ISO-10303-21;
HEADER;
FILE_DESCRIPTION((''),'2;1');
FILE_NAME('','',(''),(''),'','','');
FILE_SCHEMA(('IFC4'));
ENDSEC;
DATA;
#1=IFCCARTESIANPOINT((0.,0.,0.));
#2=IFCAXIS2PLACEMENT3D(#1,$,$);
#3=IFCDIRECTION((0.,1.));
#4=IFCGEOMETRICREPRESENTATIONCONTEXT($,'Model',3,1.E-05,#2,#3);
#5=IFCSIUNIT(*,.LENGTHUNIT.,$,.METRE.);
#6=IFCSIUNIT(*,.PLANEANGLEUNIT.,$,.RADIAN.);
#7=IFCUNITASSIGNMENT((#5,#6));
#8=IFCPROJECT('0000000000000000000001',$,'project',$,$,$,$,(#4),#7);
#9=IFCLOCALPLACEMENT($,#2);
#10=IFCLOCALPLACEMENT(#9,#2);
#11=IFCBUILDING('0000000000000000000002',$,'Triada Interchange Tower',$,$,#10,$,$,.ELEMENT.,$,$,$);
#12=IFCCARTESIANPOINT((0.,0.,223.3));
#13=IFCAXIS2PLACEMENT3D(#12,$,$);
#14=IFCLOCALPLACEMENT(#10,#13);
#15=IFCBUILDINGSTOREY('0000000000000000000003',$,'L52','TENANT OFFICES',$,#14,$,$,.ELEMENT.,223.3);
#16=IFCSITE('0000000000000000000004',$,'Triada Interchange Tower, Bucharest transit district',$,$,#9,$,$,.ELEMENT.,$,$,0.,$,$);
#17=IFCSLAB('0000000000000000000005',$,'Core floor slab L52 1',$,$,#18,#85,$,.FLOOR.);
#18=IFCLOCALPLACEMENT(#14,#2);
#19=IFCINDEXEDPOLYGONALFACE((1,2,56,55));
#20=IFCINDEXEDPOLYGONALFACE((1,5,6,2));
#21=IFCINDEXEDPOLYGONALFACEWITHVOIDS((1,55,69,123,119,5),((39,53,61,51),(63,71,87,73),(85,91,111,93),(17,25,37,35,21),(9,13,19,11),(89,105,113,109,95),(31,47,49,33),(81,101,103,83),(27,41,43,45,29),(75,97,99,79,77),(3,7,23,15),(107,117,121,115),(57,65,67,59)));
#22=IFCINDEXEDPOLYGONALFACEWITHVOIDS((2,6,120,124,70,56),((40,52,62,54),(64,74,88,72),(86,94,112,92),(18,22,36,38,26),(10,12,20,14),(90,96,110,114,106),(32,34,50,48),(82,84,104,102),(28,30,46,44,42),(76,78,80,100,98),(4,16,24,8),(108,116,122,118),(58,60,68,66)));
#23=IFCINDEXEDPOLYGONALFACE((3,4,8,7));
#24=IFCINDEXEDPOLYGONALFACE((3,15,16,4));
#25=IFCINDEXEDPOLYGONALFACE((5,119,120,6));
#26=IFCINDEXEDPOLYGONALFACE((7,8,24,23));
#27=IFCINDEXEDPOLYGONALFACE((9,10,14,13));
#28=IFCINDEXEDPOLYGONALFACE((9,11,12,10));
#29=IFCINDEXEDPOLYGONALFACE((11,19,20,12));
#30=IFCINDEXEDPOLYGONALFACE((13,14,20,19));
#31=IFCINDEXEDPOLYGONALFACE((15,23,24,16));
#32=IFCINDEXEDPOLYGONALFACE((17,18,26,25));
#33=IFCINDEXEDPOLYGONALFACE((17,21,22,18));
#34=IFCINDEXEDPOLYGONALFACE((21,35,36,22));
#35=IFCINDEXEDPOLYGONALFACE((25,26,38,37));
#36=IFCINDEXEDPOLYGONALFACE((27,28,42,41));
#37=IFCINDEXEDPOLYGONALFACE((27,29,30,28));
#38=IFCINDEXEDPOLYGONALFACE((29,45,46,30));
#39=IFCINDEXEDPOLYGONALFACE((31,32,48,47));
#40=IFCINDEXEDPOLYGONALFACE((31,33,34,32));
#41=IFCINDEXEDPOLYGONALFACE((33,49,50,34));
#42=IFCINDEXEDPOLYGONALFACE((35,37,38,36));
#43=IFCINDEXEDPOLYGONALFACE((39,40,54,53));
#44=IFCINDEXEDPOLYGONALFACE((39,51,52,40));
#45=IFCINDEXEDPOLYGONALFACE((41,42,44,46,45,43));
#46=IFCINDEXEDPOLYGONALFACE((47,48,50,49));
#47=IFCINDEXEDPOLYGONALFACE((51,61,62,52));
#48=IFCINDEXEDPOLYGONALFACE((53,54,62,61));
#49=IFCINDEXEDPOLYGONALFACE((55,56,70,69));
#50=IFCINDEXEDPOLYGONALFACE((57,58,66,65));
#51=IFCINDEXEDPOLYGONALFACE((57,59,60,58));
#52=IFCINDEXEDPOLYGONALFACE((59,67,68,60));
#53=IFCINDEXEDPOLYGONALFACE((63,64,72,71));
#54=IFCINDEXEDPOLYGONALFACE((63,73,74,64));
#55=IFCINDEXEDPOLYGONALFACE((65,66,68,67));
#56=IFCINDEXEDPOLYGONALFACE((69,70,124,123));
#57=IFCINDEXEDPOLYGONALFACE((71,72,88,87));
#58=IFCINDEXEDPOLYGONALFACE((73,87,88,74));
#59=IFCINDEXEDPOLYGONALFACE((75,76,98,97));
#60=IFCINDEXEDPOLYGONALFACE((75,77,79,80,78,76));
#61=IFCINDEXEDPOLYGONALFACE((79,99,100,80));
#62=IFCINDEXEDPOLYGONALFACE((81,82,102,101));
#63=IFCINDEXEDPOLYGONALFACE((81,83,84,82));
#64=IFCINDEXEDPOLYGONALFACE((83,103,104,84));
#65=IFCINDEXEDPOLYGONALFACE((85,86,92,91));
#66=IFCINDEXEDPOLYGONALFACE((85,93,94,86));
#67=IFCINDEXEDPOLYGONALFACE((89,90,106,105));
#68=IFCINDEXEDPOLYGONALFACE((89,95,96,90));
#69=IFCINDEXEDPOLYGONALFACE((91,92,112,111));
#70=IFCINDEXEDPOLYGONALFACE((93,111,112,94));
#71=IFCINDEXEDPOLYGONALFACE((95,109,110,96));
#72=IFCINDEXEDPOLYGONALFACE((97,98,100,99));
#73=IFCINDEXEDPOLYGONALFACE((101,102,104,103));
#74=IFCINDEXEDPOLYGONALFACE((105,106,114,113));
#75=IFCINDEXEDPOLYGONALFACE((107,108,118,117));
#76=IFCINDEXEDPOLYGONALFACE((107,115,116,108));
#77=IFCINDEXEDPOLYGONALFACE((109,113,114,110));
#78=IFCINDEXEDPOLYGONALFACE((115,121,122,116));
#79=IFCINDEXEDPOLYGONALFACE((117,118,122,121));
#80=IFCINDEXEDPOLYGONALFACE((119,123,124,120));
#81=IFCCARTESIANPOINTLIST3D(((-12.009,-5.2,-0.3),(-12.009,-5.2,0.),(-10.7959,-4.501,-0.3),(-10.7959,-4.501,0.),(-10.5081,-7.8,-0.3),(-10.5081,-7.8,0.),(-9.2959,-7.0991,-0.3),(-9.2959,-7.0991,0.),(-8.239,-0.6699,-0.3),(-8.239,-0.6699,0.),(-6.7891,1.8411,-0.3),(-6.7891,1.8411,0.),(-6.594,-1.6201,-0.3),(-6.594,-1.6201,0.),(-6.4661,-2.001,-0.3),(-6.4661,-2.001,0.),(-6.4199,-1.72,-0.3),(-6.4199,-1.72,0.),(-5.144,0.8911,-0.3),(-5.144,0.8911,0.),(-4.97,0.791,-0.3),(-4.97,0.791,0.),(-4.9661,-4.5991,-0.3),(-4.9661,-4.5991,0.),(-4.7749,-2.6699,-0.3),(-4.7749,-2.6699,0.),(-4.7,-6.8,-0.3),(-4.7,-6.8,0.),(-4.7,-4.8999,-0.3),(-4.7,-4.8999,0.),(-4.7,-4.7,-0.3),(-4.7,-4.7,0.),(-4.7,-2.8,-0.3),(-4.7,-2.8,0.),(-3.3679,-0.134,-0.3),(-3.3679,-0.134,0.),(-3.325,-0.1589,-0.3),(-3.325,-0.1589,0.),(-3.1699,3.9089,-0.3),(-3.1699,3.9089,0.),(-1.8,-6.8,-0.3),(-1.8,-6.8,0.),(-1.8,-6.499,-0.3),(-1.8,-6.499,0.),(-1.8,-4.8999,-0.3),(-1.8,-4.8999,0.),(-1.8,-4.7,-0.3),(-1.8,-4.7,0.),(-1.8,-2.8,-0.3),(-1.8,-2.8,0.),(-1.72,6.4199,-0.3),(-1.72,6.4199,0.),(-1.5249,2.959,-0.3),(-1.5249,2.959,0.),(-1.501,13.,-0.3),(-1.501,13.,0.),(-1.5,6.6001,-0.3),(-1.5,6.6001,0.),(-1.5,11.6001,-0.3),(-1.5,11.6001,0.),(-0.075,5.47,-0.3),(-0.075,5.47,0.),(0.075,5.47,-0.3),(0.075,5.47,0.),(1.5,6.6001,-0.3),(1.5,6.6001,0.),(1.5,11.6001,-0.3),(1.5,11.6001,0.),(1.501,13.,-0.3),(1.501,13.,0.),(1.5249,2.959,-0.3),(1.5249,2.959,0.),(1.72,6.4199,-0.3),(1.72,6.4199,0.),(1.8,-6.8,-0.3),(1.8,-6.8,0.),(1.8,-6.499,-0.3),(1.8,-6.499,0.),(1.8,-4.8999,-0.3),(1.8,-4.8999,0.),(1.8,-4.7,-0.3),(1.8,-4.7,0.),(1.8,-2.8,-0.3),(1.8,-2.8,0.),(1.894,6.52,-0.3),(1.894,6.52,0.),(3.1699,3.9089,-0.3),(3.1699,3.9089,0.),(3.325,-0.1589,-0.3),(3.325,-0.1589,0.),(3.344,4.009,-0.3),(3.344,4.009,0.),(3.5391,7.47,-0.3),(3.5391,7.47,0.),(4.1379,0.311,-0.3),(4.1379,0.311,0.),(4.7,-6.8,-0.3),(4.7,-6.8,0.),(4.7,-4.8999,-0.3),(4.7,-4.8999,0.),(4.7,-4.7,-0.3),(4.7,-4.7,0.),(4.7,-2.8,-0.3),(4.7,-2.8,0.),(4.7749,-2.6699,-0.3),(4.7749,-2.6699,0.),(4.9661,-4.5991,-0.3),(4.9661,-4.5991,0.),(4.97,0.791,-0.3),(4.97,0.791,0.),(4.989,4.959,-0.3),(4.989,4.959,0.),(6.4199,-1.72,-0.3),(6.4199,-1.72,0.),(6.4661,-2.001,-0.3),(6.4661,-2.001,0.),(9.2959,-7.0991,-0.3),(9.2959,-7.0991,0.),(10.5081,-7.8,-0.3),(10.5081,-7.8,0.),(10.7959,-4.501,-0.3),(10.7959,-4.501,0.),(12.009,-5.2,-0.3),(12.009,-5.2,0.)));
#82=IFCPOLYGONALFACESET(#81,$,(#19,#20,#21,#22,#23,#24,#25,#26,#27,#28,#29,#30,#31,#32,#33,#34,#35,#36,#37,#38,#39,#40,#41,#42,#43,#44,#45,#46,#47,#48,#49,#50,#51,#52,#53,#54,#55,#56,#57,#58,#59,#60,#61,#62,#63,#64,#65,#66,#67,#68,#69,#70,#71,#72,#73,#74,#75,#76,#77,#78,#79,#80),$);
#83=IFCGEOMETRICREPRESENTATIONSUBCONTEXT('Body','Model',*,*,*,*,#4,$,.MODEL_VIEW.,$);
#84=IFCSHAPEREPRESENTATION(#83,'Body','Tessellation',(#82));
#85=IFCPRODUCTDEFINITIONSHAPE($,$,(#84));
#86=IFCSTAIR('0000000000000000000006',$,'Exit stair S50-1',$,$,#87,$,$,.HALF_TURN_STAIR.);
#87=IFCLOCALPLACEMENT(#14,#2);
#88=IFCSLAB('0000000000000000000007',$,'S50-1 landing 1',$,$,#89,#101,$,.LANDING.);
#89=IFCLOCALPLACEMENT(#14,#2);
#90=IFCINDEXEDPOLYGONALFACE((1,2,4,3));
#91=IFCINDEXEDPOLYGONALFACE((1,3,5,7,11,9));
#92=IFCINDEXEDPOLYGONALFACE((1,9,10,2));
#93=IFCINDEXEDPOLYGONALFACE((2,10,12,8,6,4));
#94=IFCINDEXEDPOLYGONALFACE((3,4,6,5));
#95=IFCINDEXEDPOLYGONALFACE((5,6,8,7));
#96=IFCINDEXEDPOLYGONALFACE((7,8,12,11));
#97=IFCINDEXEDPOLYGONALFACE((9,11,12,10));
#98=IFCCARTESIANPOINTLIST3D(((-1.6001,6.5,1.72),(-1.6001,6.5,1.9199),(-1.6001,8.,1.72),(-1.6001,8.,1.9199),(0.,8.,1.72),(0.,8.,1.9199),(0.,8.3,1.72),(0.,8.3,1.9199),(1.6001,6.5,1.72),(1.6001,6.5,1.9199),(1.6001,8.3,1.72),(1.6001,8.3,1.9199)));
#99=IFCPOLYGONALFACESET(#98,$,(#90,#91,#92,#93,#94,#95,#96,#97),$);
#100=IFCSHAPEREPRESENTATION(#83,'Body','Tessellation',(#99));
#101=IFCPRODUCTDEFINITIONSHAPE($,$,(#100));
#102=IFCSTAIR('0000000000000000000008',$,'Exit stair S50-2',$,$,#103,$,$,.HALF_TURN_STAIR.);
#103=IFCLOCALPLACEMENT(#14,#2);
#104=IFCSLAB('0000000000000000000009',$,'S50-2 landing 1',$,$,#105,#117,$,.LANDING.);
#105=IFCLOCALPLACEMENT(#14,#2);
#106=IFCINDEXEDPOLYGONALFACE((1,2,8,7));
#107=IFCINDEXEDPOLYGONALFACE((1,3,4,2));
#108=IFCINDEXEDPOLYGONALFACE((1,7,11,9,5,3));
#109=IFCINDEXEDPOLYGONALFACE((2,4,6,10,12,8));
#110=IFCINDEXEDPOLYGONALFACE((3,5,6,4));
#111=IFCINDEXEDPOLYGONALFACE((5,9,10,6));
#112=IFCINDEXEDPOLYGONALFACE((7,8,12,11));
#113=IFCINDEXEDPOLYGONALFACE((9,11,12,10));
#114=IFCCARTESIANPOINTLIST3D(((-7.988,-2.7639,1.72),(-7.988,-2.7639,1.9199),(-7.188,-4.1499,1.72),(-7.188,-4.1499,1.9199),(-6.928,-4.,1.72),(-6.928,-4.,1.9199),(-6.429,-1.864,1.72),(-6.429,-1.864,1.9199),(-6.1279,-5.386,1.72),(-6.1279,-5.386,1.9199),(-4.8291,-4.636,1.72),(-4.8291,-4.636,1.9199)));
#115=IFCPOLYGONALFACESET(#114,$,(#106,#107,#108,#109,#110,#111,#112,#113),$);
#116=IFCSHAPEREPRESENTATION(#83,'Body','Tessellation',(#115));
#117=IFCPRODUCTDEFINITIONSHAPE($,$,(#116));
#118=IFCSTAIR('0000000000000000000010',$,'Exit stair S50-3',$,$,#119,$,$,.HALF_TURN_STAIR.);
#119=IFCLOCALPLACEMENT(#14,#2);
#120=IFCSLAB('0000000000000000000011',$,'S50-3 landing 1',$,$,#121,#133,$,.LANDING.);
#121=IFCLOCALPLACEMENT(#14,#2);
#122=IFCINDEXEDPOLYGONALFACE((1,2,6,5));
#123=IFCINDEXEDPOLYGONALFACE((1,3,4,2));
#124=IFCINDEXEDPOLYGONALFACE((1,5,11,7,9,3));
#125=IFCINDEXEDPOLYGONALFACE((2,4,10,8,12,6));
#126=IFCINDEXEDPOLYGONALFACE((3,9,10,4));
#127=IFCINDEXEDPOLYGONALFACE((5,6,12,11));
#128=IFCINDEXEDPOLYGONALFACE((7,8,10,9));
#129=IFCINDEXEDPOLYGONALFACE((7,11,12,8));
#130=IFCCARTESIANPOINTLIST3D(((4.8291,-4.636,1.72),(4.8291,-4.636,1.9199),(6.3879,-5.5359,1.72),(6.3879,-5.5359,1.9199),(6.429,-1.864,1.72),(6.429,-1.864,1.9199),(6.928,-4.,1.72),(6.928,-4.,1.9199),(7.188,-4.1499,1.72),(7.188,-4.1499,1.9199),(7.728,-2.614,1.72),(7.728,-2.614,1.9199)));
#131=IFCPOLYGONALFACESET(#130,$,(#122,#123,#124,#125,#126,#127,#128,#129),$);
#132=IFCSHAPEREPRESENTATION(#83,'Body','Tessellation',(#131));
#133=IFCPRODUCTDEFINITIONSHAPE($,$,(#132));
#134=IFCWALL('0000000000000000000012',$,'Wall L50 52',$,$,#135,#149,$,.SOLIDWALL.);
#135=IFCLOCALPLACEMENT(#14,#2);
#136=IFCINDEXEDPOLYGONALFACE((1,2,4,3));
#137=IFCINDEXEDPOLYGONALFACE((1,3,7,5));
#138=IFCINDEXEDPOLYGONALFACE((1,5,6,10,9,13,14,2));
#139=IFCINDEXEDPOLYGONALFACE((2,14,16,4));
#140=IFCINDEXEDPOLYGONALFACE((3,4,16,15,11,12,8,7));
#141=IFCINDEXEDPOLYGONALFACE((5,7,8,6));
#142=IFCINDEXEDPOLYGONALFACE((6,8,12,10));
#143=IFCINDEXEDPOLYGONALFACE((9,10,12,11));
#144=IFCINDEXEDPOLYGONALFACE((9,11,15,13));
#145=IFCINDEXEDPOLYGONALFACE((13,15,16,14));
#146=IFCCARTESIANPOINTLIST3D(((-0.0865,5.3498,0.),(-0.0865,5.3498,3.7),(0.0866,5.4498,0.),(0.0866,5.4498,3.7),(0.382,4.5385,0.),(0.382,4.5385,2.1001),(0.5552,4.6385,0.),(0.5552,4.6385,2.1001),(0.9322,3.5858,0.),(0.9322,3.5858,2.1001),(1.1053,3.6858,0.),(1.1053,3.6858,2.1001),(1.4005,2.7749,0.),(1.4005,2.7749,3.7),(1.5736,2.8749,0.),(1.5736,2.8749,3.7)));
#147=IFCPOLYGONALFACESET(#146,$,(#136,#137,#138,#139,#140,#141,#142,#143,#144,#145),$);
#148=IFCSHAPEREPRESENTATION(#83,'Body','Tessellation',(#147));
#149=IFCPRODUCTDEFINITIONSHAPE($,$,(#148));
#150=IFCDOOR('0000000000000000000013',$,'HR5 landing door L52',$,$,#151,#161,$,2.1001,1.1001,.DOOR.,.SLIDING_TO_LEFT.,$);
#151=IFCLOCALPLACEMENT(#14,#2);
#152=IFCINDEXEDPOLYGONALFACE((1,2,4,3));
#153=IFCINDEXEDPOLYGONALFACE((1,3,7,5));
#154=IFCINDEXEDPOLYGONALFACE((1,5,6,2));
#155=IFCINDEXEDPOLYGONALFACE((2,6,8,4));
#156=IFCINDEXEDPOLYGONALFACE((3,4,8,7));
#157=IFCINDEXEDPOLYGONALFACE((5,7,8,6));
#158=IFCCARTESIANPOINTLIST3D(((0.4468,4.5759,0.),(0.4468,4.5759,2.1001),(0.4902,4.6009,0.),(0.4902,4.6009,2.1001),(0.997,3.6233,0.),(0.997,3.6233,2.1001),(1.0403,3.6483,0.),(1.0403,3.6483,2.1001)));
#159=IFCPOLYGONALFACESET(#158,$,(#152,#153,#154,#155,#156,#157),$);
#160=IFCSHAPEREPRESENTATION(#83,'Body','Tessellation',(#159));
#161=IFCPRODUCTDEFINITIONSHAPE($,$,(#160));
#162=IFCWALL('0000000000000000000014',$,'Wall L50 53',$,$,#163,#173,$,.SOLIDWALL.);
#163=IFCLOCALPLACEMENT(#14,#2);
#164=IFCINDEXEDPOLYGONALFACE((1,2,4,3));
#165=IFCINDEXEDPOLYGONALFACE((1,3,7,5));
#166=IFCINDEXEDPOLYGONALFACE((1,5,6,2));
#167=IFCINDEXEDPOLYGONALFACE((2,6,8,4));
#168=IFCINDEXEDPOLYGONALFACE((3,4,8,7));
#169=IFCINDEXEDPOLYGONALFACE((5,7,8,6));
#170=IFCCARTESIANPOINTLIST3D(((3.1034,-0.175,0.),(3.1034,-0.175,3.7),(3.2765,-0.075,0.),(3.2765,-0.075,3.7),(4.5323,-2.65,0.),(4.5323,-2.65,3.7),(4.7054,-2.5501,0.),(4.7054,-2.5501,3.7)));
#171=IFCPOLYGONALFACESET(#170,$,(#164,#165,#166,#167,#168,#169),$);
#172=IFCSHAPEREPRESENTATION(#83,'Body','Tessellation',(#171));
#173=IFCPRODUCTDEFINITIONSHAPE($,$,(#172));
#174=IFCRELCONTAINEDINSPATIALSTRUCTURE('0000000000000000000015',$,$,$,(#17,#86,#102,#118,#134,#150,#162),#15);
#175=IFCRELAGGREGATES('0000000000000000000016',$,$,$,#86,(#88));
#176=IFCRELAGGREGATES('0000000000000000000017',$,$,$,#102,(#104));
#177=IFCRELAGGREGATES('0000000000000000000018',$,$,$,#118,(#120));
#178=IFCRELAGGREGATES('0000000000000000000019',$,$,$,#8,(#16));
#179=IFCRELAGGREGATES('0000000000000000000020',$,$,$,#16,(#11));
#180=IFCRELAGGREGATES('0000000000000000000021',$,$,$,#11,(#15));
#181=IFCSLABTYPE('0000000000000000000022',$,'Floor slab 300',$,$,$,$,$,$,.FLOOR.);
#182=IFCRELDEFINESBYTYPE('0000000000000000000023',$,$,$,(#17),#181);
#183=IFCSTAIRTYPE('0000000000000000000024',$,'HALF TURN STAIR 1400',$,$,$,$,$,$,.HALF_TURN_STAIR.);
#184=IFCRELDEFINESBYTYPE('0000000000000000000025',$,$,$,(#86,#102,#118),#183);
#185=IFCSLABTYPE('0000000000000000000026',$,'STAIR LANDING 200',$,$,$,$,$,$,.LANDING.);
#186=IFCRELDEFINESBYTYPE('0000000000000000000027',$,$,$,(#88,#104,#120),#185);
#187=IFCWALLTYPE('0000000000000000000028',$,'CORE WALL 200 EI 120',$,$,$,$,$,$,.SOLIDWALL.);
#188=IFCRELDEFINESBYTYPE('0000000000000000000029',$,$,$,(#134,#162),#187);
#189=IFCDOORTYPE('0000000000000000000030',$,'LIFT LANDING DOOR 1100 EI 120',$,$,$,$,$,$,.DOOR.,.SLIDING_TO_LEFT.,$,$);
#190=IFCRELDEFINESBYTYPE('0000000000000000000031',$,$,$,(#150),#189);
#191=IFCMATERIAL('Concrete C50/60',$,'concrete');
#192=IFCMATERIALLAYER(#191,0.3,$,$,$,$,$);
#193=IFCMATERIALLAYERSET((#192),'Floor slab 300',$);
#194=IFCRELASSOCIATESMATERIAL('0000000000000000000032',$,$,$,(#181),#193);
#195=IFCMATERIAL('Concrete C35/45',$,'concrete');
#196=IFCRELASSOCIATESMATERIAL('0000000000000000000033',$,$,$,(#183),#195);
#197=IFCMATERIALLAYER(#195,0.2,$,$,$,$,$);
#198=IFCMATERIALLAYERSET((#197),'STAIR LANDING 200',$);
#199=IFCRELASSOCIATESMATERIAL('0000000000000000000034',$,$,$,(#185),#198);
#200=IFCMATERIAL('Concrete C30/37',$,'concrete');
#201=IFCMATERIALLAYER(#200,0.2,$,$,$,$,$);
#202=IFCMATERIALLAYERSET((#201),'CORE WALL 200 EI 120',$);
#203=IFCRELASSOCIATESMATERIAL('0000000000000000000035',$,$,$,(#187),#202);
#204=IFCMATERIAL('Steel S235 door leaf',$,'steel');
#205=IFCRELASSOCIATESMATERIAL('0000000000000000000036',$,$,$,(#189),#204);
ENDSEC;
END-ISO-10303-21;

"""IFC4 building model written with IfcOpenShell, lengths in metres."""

from ifc_helpers import new_model, si_unit, direction, frame, frame_2d, origin, place, context, subcontext, project, spatial, polyline, rectangle, outline, extrude, material, layer, layer_set, type_object, element, fill, aggregate, save


model = new_model("IFC4")

# Units and contexts
model_context = context("Model", 3, precision=1e-05, world=origin(), true_north=direction((0.0, 1.0)))
body_context = subcontext(model_context, "Body", "Model", "MODEL_VIEW")
ifc_project = project(units=[si_unit("LENGTHUNIT", "METRE"), si_unit("PLANEANGLEUNIT", "RADIAN")], contexts=[model_context])

# Site, building, storey
site_placement = place(None, origin())
site = spatial("IfcSite", under=ifc_project, at=site_placement, Name="Triada Interchange Tower, Bucharest transit district", CompositionType="ELEMENT", RefElevation=0.0)
building_placement = place(site_placement, origin())
building = spatial("IfcBuilding", under=site, at=building_placement, Name="Triada Interchange Tower", CompositionType="ELEMENT")
storey_placement = place(building_placement, frame((0.0, 0.0, 223.3)))
storey = spatial("IfcBuildingStorey", under=building, at=storey_placement, Name="L52", Description="TENANT OFFICES", CompositionType="ELEMENT", Elevation=223.3)

# Slab
ifc_material_1 = material(Name="Concrete C50/60", Category="concrete")
ifc_layer_1 = layer(ifc_material_1, 0.3)
ifc_layer_set_1 = layer_set([ifc_layer_1], Name="Floor slab 300")
slab_type_1 = type_object("IfcSlabType", Name="Floor slab 300", PredefinedType="FLOOR", material=ifc_layer_set_1)
slab_1_placement = place(storey_placement, frame((0.0, 0.0, -0.3)))
element("IfcSlab", 1, at=slab_1_placement, inside=storey, type_object=slab_type_1, Name="Core floor slab L52 1", PredefinedType="FLOOR", context=body_context, shape_type="SweptSolid", body=[
    extrude(outline(polyline([(12.009, -5.2), (10.5081, -7.8), (-10.5081, -7.8), (-12.009, -5.2), (-1.501, 13.0), (1.501, 13.0), (12.009, -5.2)]), holes=[polyline([(9.2959, -7.0991), (10.7959, -4.501), (6.4661, -2.001), (4.9661, -4.5991), (9.2959, -7.0991)]), polyline([(4.7749, -2.6699), (6.4199, -1.72), (4.97, 0.791), (4.1379, 0.311), (3.325, -0.1589), (4.7749, -2.6699)]), polyline([(1.894, 6.52), (3.344, 4.009), (4.989, 4.959), (3.5391, 7.47), (1.894, 6.52)]), polyline([(1.8, -4.8999), (1.8, -6.499), (1.8, -6.8), (4.7, -6.8), (4.7, -4.8999), (1.8, -4.8999)]), polyline([(4.7, -2.8), (1.8, -2.8), (1.8, -4.7), (4.7, -4.7), (4.7, -2.8)]), polyline([(0.075, 5.47), (1.5249, 2.959), (3.1699, 3.9089), (1.72, 6.4199), (0.075, 5.47)]), polyline([(-1.5, 11.6001), (-1.5, 6.6001), (1.5, 6.6001), (1.5, 11.6001), (-1.5, 11.6001)]), polyline([(-1.5249, 2.959), (-0.075, 5.47), (-1.72, 6.4199), (-3.1699, 3.9089), (-1.5249, 2.959)]), polyline([(-1.8, -2.8), (-4.7, -2.8), (-4.7, -4.7), (-1.8, -4.7), (-1.8, -2.8)]), polyline([(-4.7, -6.8), (-1.8, -6.8), (-1.8, -6.499), (-1.8, -4.8999), (-4.7, -4.8999), (-4.7, -6.8)]), polyline([(-3.3679, -0.134), (-4.97, 0.791), (-6.4199, -1.72), (-4.7749, -2.6699), (-3.325, -0.1589), (-3.3679, -0.134)]), polyline([(-10.7959, -4.501), (-9.2959, -7.0991), (-4.9661, -4.5991), (-6.4661, -2.001), (-10.7959, -4.501)]), polyline([(-6.594, -1.6201), (-5.144, 0.8911), (-6.7891, 1.8411), (-8.239, -0.6699), (-6.594, -1.6201)])]), origin(), (0.0, 0.0, 1.0), 0.3),
])

# Stairs, slabs
ifc_material_2 = material(Name="Concrete C35/45", Category="concrete")
stair_type = type_object("IfcStairType", Name="HALF TURN STAIR 1400", PredefinedType="HALF_TURN_STAIR", material=ifc_material_2)
stair_1_placement = place(storey_placement, origin())
stair_1 = element("IfcStair", 2, at=stair_1_placement, inside=storey, type_object=stair_type, Name="Exit stair S50-1", PredefinedType="HALF_TURN_STAIR")
ifc_layer_2 = layer(ifc_material_2, 0.2)
ifc_layer_set_2 = layer_set([ifc_layer_2], Name="STAIR LANDING 200")
slab_type_2 = type_object("IfcSlabType", Name="STAIR LANDING 200", PredefinedType="LANDING", material=ifc_layer_set_2)
slab_2_placement = place(storey_placement, frame((0.0, 0.0, 1.72)))
slab_2 = element("IfcSlab", 3, at=slab_2_placement, type_object=slab_type_2, Name="S50-1 landing 1", PredefinedType="LANDING", context=body_context, shape_type="SweptSolid", body=[
    extrude(outline(polyline([(1.6001, 6.5), (1.6001, 8.3), (0.0, 8.3), (0.0, 8.0), (-1.6001, 8.0), (-1.6001, 6.5), (1.6001, 6.5)])), origin(), (0.0, 0.0, 1.0), 0.2),
])
aggregate(stair_1, [slab_2])
stair_2_placement = place(storey_placement, origin())
stair_2 = element("IfcStair", 4, at=stair_2_placement, inside=storey, type_object=stair_type, Name="Exit stair S50-2", PredefinedType="HALF_TURN_STAIR")
slab_3_placement = place(storey_placement, frame((0.0, 0.0, 1.72)))
slab_3 = element("IfcSlab", 5, at=slab_3_placement, type_object=slab_type_2, Name="S50-2 landing 1", PredefinedType="LANDING", context=body_context, shape_type="SweptSolid", body=[
    extrude(outline(polyline([(-6.429, -1.864), (-7.988, -2.7639), (-7.188, -4.1499), (-6.928, -4.0), (-6.1279, -5.386), (-4.8291, -4.636), (-6.429, -1.864)])), origin(), (0.0, 0.0, 1.0), 0.2),
])
aggregate(stair_2, [slab_3])
stair_3_placement = place(storey_placement, origin())
stair_3 = element("IfcStair", 6, at=stair_3_placement, inside=storey, type_object=stair_type, Name="Exit stair S50-3", PredefinedType="HALF_TURN_STAIR")
slab_4_placement = place(storey_placement, frame((0.0, 0.0, 1.72)))
slab_4 = element("IfcSlab", 7, at=slab_4_placement, type_object=slab_type_2, Name="S50-3 landing 1", PredefinedType="LANDING", context=body_context, shape_type="SweptSolid", body=[
    extrude(outline(polyline([(4.8291, -4.636), (6.3879, -5.5359), (7.188, -4.1499), (6.928, -4.0), (7.728, -2.614), (6.429, -1.864), (4.8291, -4.636)])), origin(), (0.0, 0.0, 1.0), 0.2),
])
aggregate(stair_3, [slab_4])

# Wall, opening, door
ifc_material_3 = material(Name="Concrete C30/37", Category="concrete")
ifc_layer_3 = layer(ifc_material_3, 0.2)
ifc_layer_set_3 = layer_set([ifc_layer_3], Name="CORE WALL 200 EI 120")
wall_type_1 = type_object("IfcWallType", Name="CORE WALL 200 EI 120", PredefinedType="SOLIDWALL", material=ifc_layer_set_3)
wall_1_placement = place(storey_placement, frame((0.0, 5.3999, 0.0), z_axis=(0.0, 0.0, 1.0), x_axis=(0.500104, -0.865965, 0.0)))
wall_1 = element("IfcWall", 8, at=wall_1_placement, inside=storey, type_object=wall_type_1, Name="Wall L50 52", PredefinedType="SOLIDWALL", context=body_context, shape_type="SweptSolid", body=[
    extrude(rectangle(XDim=2.9734, YDim=0.2, at=frame_2d((1.4868, 0.0))), origin(), (0.0, 0.0, 1.0), 3.7),
])
opening_1_placement = place(wall_1_placement, frame((0.937, 0.0, 0.0)))
opening_1 = element("IfcOpeningElement", 9, at=opening_1_placement, cuts=wall_1, PredefinedType="OPENING", context=body_context, shape_type="SweptSolid", body=[
    extrude(rectangle(XDim=1.1001, YDim=2.1001, at=frame_2d((0.55, 1.05))), frame((0.0, 0.1099, 0.0), z_axis=(0.0, -1.0, 0.0), x_axis=(1.0, 0.0, 0.0)), (0.0, 0.0, 1.0), 0.22),
])
ifc_material_4 = material(Name="Steel S235 door leaf", Category="steel")
door_type_1 = type_object("IfcDoorType", Name="LIFT LANDING DOOR 1100 EI 120", OperationType="SLIDING_TO_LEFT", PredefinedType="DOOR", material=ifc_material_4)
door_1_placement = place(opening_1_placement, origin())
door_1 = element("IfcDoor", 10, at=door_1_placement, inside=storey, type_object=door_type_1, Name="HR5 landing door L52", OperationType="SLIDING_TO_LEFT", OverallHeight=2.1001, OverallWidth=1.1001, PredefinedType="DOOR", context=body_context, shape_type="SweptSolid", body=[
    extrude(rectangle(XDim=1.1001, YDim=2.1001, at=frame_2d((0.55, 1.05))), frame((0.0, 0.0249, 0.0), z_axis=(0.0, -1.0, 0.0), x_axis=(1.0, 0.0, 0.0)), (0.0, 0.0, 1.0), 0.05),
])
fill(opening_1, door_1)

# Wall
wall_2_placement = place(storey_placement, frame((3.1899, -0.125, 0.0), z_axis=(0.0, 0.0, 1.0), x_axis=(0.499989, -0.866032, 0.0)))
element("IfcWall", 11, at=wall_2_placement, inside=storey, type_object=wall_type_1, Name="Wall L50 53", PredefinedType="SOLIDWALL", context=body_context, shape_type="SweptSolid", body=[
    extrude(rectangle(XDim=2.8579, YDim=0.2, at=frame_2d((1.429, 0.0))), origin(), (0.0, 0.0, 1.0), 3.7),
])

save(model, "model.ifc")
